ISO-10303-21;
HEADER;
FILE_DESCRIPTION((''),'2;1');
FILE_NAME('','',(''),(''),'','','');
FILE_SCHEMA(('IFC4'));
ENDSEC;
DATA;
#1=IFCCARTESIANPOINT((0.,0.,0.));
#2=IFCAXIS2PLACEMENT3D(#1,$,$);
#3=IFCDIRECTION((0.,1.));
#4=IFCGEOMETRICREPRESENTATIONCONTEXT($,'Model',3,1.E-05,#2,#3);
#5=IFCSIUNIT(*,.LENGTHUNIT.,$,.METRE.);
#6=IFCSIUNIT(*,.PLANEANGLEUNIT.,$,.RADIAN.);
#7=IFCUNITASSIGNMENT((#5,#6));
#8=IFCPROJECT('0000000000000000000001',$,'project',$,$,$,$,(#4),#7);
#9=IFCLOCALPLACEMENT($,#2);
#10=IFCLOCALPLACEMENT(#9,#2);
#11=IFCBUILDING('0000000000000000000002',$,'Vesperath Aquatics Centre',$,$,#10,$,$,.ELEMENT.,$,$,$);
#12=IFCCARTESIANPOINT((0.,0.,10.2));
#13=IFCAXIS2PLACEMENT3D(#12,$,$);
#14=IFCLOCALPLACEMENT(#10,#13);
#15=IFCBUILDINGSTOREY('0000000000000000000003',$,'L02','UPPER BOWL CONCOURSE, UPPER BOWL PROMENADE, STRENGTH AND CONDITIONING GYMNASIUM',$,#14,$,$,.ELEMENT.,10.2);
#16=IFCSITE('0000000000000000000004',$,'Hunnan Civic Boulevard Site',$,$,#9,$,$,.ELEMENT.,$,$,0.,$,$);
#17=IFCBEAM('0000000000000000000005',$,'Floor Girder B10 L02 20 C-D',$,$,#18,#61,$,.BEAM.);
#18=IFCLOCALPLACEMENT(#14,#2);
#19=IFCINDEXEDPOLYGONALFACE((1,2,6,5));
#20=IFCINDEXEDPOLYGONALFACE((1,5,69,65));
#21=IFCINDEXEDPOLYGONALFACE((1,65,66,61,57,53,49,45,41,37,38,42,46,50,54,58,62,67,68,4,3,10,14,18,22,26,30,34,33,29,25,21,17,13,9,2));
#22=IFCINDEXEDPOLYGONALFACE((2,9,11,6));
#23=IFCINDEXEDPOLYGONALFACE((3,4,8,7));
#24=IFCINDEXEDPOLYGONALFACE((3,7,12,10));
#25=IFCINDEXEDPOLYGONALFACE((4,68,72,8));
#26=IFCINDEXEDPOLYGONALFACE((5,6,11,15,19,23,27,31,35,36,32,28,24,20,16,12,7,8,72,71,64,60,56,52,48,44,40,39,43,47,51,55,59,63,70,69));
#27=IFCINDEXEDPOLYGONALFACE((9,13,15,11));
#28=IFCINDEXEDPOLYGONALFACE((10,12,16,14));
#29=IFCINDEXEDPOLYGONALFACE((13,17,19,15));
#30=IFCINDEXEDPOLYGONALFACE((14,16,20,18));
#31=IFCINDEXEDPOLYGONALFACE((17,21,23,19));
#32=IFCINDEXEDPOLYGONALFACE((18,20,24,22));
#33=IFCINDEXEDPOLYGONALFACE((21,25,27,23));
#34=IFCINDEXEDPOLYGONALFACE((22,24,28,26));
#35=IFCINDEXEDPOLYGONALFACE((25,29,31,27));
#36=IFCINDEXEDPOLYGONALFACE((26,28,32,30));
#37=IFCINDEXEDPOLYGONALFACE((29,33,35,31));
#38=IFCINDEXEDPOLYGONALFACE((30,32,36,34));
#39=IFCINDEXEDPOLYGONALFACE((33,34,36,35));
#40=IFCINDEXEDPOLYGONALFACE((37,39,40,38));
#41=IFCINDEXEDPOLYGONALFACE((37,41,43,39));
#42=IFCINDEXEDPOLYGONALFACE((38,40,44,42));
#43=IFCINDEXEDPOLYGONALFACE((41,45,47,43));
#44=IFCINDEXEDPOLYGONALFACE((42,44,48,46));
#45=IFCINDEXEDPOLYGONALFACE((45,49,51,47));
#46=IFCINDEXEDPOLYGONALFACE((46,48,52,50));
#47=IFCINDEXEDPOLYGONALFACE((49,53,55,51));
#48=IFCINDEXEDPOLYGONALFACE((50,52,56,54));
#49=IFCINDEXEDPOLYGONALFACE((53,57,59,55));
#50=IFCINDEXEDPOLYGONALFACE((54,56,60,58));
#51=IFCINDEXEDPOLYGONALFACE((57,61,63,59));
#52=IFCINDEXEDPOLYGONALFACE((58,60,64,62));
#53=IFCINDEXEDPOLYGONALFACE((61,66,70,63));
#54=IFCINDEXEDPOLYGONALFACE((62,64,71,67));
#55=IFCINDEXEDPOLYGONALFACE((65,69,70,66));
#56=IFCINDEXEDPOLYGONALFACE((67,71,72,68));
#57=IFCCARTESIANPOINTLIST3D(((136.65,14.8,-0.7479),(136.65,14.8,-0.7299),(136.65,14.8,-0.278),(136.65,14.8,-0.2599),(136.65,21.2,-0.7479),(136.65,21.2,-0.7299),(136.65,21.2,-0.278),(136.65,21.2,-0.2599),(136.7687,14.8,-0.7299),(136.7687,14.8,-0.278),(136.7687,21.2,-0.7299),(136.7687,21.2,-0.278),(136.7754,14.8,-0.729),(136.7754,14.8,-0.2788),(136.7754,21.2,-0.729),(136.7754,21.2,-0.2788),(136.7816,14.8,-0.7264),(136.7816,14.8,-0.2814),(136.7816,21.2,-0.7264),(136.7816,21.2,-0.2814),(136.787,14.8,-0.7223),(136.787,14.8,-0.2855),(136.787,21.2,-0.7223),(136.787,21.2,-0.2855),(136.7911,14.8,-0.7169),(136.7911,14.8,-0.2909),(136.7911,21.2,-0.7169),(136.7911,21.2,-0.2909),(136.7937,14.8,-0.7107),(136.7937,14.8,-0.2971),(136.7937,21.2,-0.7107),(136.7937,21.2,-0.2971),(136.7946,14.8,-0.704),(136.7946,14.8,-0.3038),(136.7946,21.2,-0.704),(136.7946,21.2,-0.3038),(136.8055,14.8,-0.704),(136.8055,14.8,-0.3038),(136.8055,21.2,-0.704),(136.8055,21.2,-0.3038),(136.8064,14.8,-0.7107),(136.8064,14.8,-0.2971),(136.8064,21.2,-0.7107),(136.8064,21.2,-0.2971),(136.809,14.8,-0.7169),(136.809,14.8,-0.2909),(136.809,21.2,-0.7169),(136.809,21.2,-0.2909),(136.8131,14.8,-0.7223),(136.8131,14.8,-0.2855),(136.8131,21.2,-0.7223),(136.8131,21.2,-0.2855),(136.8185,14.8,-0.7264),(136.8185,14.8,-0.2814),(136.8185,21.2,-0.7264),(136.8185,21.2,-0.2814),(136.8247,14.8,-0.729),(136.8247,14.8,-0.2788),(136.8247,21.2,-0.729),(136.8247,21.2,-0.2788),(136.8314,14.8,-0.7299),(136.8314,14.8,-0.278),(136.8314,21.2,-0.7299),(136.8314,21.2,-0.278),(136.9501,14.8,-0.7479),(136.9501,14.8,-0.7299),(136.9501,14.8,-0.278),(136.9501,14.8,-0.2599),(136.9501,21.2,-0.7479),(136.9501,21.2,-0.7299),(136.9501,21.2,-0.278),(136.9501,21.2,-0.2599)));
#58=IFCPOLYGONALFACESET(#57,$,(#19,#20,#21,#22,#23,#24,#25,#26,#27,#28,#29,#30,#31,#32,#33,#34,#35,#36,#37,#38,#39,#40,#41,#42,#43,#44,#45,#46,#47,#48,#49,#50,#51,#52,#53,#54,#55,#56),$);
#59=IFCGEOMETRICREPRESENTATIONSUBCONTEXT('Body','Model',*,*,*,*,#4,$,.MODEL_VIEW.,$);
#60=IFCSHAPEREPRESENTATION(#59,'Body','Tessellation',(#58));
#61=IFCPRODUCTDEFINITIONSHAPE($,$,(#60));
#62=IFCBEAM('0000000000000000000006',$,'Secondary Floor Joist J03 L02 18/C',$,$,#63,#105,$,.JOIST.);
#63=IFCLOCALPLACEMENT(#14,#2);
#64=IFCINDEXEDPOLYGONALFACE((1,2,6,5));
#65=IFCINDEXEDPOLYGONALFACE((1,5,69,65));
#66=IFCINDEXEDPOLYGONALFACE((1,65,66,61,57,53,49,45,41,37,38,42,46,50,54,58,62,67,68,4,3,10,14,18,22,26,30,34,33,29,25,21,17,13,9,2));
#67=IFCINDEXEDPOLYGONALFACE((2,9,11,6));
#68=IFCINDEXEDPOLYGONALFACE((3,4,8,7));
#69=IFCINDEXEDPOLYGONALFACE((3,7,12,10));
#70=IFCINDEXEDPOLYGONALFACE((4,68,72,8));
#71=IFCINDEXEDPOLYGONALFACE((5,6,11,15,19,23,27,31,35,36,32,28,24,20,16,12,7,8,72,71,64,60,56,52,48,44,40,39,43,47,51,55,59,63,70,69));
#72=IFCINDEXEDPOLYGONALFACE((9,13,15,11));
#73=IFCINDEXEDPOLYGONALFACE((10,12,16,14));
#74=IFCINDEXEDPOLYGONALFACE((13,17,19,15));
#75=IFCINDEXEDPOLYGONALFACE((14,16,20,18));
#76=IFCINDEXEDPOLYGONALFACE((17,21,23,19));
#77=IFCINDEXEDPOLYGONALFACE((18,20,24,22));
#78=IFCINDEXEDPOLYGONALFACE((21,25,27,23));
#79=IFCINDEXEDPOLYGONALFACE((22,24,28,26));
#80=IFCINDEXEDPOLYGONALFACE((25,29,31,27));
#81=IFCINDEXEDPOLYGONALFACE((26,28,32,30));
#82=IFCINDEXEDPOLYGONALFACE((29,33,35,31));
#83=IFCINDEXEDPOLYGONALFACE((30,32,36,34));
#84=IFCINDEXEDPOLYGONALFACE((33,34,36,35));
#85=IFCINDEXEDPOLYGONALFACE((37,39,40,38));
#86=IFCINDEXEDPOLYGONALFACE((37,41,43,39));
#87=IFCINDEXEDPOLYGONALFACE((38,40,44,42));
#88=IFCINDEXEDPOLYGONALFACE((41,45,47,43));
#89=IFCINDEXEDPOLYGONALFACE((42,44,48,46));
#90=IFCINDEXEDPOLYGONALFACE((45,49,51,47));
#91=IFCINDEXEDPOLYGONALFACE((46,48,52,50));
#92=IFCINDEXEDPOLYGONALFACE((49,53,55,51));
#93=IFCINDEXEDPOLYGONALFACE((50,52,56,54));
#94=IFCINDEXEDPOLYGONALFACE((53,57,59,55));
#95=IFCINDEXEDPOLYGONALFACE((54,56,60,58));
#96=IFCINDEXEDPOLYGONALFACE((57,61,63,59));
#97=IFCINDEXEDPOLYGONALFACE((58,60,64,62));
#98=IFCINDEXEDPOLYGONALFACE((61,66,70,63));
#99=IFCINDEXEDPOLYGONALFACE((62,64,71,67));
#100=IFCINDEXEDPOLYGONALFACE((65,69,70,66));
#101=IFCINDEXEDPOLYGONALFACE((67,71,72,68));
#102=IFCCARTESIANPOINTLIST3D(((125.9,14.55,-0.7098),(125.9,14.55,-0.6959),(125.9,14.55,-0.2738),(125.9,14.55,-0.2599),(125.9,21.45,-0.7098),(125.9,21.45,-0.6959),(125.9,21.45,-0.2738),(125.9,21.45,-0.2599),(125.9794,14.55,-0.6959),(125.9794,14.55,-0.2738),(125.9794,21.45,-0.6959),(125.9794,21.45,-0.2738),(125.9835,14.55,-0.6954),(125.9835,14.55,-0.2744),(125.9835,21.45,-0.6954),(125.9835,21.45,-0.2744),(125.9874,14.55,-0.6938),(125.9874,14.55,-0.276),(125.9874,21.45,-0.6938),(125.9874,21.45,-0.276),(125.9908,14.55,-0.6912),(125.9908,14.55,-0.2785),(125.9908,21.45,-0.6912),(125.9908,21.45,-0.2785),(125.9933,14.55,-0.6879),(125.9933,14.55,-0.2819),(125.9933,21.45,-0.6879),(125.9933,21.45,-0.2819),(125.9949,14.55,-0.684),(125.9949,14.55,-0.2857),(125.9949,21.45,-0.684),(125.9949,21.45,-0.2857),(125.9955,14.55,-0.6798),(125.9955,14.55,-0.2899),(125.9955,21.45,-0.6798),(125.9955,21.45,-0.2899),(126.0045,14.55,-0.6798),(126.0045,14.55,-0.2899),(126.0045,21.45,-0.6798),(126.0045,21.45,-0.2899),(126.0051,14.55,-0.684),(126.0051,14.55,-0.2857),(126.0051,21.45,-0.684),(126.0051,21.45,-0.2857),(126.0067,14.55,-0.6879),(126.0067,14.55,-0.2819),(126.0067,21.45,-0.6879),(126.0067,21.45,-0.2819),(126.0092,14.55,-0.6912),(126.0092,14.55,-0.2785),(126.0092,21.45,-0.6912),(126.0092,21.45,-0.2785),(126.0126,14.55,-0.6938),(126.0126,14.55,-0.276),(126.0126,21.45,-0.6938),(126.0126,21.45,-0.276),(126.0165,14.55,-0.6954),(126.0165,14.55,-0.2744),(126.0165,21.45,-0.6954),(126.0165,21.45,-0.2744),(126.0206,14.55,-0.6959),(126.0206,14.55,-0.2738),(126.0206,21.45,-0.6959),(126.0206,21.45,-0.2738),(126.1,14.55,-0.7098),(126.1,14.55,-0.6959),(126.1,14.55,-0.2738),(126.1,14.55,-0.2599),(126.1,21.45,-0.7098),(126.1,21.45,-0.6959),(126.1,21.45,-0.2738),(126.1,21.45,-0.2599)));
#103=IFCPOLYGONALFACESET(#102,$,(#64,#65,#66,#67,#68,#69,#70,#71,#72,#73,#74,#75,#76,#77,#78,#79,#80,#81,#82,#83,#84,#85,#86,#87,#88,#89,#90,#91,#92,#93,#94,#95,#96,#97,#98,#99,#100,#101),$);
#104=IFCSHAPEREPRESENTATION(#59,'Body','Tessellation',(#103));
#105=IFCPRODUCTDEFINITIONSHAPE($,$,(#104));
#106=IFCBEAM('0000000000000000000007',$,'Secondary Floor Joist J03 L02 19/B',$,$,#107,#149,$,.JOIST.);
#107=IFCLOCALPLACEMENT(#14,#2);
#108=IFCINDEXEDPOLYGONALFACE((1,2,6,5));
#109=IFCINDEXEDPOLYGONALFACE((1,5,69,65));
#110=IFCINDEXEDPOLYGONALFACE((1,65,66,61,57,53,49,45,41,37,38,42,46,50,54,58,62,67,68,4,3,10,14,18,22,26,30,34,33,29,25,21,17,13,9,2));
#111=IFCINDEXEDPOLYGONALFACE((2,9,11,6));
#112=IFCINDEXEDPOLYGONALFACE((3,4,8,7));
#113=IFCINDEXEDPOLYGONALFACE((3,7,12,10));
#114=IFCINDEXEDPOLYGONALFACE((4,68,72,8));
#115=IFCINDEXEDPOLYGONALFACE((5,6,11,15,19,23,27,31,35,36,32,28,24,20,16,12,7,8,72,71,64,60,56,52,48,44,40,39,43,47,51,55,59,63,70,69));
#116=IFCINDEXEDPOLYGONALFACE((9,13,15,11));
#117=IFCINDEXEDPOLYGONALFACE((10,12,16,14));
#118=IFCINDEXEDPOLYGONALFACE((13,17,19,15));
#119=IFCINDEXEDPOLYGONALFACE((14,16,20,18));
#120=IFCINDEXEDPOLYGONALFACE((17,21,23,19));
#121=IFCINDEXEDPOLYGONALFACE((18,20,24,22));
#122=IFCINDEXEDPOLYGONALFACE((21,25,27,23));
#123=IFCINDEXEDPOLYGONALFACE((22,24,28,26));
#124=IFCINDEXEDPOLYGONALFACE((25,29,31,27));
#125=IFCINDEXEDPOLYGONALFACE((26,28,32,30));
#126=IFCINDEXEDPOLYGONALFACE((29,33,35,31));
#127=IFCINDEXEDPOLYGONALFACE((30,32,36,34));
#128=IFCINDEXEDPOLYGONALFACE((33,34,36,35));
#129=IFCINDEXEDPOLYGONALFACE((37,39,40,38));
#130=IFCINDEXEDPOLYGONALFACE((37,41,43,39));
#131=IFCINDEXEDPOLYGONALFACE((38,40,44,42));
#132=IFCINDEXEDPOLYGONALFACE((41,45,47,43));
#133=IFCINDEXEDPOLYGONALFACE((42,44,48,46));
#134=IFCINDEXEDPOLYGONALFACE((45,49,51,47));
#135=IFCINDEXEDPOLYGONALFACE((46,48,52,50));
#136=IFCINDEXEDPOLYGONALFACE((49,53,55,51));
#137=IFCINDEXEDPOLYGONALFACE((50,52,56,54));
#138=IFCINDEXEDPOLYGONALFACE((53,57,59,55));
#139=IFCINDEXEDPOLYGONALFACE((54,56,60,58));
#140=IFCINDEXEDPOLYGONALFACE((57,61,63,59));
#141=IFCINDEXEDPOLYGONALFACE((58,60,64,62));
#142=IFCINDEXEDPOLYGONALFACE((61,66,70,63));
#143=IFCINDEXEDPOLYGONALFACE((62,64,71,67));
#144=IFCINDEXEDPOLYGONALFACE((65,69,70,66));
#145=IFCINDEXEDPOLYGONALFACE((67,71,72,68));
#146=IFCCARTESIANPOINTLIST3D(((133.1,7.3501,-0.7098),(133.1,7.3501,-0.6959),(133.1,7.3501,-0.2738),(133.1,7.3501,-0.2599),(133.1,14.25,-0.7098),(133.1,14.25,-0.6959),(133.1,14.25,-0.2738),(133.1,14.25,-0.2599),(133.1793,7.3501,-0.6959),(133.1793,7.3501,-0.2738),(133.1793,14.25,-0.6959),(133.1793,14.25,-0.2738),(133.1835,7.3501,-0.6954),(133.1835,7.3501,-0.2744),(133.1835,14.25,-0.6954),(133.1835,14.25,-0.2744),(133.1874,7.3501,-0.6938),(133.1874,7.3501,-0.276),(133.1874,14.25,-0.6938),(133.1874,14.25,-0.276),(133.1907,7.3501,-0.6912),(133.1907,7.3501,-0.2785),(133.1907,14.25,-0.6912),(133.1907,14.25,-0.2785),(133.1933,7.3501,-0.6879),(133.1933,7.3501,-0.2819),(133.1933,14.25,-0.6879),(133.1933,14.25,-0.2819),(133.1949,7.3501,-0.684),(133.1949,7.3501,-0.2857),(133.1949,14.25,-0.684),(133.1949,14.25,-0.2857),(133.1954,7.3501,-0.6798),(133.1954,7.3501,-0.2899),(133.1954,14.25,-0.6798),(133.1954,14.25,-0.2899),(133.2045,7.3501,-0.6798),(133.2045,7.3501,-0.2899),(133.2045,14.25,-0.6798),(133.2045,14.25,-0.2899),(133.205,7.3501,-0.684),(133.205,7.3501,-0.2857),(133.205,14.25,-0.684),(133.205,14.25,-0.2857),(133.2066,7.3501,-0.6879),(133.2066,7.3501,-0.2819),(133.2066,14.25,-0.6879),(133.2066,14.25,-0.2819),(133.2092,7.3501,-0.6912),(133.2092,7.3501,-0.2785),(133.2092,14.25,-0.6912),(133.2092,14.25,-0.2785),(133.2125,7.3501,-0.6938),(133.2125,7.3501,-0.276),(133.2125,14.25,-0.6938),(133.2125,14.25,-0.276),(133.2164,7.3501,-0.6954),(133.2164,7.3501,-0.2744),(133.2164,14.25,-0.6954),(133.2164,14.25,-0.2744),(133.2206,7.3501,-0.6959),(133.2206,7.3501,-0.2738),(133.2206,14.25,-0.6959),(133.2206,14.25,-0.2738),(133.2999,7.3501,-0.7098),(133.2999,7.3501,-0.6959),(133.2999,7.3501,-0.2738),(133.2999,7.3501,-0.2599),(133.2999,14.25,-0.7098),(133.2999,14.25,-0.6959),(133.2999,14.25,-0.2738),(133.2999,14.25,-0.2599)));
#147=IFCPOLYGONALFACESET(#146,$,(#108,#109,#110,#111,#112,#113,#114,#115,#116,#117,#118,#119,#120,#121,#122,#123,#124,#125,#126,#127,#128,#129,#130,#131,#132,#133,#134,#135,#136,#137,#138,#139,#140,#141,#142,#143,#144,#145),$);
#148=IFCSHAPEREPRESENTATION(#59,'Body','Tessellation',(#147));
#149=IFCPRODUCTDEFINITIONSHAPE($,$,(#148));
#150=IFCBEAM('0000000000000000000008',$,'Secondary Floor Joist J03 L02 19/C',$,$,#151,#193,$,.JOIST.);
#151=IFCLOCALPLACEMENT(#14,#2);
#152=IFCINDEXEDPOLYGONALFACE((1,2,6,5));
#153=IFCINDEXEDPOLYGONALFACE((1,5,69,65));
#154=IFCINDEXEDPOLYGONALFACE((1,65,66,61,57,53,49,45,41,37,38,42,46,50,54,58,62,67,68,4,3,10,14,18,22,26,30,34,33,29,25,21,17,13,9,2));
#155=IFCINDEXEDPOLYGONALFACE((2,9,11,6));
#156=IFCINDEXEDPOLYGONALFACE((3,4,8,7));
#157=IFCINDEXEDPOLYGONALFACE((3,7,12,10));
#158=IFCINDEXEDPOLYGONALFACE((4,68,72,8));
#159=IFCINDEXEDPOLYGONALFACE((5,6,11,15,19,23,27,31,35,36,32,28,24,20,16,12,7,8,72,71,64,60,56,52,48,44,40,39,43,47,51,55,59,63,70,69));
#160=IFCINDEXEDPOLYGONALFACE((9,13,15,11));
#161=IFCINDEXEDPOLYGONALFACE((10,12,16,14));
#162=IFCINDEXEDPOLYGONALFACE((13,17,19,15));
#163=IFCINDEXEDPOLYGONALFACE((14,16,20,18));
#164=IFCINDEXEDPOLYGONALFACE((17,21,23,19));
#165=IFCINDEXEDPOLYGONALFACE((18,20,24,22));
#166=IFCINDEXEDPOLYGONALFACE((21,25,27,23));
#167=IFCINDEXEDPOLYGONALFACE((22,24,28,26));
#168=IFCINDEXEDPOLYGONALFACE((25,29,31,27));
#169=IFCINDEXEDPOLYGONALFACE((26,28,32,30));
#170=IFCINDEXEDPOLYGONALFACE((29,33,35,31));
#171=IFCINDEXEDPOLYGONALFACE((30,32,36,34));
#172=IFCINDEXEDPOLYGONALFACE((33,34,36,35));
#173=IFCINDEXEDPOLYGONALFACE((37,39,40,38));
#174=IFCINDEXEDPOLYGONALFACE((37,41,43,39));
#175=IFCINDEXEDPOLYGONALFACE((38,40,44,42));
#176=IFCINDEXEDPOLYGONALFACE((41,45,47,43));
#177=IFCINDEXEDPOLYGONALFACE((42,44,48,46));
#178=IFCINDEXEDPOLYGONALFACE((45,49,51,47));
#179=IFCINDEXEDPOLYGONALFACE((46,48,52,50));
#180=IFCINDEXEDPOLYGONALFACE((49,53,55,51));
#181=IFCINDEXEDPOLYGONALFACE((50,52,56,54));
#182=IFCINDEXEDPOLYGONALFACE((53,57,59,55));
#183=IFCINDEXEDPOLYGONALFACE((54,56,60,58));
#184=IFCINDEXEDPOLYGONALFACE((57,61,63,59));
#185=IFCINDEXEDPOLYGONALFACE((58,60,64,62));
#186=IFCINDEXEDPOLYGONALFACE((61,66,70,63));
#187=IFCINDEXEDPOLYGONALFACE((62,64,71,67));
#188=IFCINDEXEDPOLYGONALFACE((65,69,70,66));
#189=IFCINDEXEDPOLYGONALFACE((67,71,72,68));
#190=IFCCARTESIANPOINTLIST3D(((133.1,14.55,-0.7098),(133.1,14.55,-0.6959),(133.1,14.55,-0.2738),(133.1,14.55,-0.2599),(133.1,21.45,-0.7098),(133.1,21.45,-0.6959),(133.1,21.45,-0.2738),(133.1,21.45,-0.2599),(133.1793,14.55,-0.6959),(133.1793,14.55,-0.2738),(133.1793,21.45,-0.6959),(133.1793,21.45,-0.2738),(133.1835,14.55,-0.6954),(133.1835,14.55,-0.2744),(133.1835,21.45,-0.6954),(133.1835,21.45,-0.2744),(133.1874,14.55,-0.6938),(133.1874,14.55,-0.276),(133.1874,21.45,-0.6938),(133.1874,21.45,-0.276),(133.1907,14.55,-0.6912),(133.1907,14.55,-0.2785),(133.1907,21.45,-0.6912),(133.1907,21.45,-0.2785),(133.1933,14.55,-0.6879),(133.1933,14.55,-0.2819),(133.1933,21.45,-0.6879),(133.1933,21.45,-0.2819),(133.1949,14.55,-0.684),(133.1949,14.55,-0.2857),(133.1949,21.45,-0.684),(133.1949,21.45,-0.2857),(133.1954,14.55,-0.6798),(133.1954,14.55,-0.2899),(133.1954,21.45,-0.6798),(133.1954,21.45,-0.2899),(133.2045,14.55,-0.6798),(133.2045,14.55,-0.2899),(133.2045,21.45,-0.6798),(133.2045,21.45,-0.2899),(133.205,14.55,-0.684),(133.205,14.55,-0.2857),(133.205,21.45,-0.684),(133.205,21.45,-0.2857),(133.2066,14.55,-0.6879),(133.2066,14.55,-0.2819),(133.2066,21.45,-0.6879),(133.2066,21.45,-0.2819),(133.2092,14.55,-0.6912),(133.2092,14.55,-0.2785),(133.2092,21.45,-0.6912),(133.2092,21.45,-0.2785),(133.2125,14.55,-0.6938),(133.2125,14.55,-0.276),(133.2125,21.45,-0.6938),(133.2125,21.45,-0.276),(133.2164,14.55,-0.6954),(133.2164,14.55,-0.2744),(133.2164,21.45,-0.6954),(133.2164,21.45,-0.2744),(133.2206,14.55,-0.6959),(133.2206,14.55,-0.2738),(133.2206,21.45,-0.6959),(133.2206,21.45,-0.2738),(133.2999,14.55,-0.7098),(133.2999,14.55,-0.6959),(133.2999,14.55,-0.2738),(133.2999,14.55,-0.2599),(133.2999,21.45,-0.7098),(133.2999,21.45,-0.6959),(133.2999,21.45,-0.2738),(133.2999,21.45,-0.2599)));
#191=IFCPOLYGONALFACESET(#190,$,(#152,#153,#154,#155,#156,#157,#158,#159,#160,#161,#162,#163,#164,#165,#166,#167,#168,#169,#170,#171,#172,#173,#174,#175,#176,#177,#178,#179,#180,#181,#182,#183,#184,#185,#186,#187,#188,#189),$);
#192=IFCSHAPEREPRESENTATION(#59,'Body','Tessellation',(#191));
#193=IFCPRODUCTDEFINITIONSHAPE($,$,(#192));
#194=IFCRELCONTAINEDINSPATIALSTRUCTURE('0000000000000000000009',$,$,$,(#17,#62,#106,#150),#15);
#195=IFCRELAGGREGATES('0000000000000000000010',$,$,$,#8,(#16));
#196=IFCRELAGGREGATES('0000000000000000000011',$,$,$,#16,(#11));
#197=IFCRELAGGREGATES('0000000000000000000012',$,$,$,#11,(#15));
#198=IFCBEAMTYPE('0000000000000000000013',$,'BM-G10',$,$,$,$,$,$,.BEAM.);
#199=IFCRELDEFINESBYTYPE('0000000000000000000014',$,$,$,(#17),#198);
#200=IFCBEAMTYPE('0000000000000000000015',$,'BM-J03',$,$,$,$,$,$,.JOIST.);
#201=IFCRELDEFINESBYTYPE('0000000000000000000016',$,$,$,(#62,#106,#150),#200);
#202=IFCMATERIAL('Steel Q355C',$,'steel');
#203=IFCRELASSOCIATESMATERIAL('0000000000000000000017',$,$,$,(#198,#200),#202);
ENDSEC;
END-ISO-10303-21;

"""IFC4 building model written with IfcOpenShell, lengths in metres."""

from ifc_helpers import new_model, si_unit, direction, frame, origin, origin_2d, place, context, subcontext, project, spatial, i_section, extrude, material, material_profile, profile_set, type_object, element, save


model = new_model("IFC4")

# Units and contexts
model_context = context("Model", 3, precision=1e-05, world=origin(), true_north=direction((0.0, 1.0)))
body_context = subcontext(model_context, "Body", "Model", "MODEL_VIEW")
ifc_project = project(units=[si_unit("LENGTHUNIT", "METRE"), si_unit("PLANEANGLEUNIT", "RADIAN")], contexts=[model_context])

# Site, building, storey
site_placement = place(None, origin())
site = spatial("IfcSite", under=ifc_project, at=site_placement, Name="Hunnan Civic Boulevard Site", CompositionType="ELEMENT", RefElevation=0.0)
building_placement = place(site_placement, origin())
building = spatial("IfcBuilding", under=site, at=building_placement, Name="Vesperath Aquatics Centre", CompositionType="ELEMENT")
storey_placement = place(building_placement, frame((0.0, 0.0, 10.2)))
storey = spatial("IfcBuildingStorey", under=building, at=storey_placement, Name="L02", Description="UPPER BOWL CONCOURSE, UPPER BOWL PROMENADE, STRENGTH AND CONDITIONING GYMNASIUM", CompositionType="ELEMENT", Elevation=10.2)

# Beams
ifc_material_1 = material(Name="Steel Q355C", Category="steel")
ifc_material_profile_1 = material_profile(ifc_material_1, i_section(OverallWidth=0.3, OverallDepth=0.488, WebThickness=0.011, FlangeThickness=0.0181, FilletRadius=0.0259, at=origin_2d()), Name="HM 488x300x11x18")
ifc_profile_set_1 = profile_set([ifc_material_profile_1], Name="Steel Q355C")
beam_type_1 = type_object("IfcBeamType", Name="BM-G10", PredefinedType="BEAM", material=ifc_profile_set_1)
for number, where, z_axis, x_axis, name in (
    (1, (136.8, 14.8, -0.5039), (0.0, 1.0, 0.0), (-1.0, 0.0, 0.0), "Floor Girder B10 L02 20 C-D"),
):
    element("IfcBeam", number, at=place(storey_placement, frame(where, z_axis=z_axis, x_axis=x_axis)), inside=storey, type_object=beam_type_1, Name=name, PredefinedType="BEAM", context=body_context, shape_type="SweptSolid", body=[
        extrude(i_section(OverallWidth=0.3, OverallDepth=0.488, WebThickness=0.011, FlangeThickness=0.0181, FilletRadius=0.0259, at=origin_2d()), origin(), (0.0, 0.0, 1.0), 6.3999),
    ])
ifc_material_profile_2 = material_profile(ifc_material_1, i_section(OverallWidth=0.2, OverallDepth=0.45, WebThickness=0.009, FlangeThickness=0.0139, FilletRadius=0.0161, at=origin_2d()), Name="HN 450x200x9x14")
ifc_profile_set_2 = profile_set([ifc_material_profile_2], Name="Steel Q355C")
beam_type_2 = type_object("IfcBeamType", Name="BM-J03", PredefinedType="JOIST", material=ifc_profile_set_2)
for number, where, z_axis, x_axis, name in (
    (2, (126.0, 14.55, -0.4849), (0.0, 1.0, 0.0), (-1.0, 0.0, 0.0), "Secondary Floor Joist J03 L02 18/C"),
    (3, (133.2, 7.3501, -0.4849), (0.0, 1.0, 0.0), (-1.0, 0.0, 0.0), "Secondary Floor Joist J03 L02 19/B"),
    (4, (133.2, 14.55, -0.4849), (0.0, 1.0, 0.0), (-1.0, 0.0, 0.0), "Secondary Floor Joist J03 L02 19/C"),
):
    element("IfcBeam", number, at=place(storey_placement, frame(where, z_axis=z_axis, x_axis=x_axis)), inside=storey, type_object=beam_type_2, Name=name, PredefinedType="JOIST", context=body_context, shape_type="SweptSolid", body=[
        extrude(i_section(OverallWidth=0.2, OverallDepth=0.45, WebThickness=0.009, FlangeThickness=0.0139, FilletRadius=0.0161, at=origin_2d()), origin(), (0.0, 0.0, 1.0), 6.8999),
    ])

save(model, "model.ifc")
